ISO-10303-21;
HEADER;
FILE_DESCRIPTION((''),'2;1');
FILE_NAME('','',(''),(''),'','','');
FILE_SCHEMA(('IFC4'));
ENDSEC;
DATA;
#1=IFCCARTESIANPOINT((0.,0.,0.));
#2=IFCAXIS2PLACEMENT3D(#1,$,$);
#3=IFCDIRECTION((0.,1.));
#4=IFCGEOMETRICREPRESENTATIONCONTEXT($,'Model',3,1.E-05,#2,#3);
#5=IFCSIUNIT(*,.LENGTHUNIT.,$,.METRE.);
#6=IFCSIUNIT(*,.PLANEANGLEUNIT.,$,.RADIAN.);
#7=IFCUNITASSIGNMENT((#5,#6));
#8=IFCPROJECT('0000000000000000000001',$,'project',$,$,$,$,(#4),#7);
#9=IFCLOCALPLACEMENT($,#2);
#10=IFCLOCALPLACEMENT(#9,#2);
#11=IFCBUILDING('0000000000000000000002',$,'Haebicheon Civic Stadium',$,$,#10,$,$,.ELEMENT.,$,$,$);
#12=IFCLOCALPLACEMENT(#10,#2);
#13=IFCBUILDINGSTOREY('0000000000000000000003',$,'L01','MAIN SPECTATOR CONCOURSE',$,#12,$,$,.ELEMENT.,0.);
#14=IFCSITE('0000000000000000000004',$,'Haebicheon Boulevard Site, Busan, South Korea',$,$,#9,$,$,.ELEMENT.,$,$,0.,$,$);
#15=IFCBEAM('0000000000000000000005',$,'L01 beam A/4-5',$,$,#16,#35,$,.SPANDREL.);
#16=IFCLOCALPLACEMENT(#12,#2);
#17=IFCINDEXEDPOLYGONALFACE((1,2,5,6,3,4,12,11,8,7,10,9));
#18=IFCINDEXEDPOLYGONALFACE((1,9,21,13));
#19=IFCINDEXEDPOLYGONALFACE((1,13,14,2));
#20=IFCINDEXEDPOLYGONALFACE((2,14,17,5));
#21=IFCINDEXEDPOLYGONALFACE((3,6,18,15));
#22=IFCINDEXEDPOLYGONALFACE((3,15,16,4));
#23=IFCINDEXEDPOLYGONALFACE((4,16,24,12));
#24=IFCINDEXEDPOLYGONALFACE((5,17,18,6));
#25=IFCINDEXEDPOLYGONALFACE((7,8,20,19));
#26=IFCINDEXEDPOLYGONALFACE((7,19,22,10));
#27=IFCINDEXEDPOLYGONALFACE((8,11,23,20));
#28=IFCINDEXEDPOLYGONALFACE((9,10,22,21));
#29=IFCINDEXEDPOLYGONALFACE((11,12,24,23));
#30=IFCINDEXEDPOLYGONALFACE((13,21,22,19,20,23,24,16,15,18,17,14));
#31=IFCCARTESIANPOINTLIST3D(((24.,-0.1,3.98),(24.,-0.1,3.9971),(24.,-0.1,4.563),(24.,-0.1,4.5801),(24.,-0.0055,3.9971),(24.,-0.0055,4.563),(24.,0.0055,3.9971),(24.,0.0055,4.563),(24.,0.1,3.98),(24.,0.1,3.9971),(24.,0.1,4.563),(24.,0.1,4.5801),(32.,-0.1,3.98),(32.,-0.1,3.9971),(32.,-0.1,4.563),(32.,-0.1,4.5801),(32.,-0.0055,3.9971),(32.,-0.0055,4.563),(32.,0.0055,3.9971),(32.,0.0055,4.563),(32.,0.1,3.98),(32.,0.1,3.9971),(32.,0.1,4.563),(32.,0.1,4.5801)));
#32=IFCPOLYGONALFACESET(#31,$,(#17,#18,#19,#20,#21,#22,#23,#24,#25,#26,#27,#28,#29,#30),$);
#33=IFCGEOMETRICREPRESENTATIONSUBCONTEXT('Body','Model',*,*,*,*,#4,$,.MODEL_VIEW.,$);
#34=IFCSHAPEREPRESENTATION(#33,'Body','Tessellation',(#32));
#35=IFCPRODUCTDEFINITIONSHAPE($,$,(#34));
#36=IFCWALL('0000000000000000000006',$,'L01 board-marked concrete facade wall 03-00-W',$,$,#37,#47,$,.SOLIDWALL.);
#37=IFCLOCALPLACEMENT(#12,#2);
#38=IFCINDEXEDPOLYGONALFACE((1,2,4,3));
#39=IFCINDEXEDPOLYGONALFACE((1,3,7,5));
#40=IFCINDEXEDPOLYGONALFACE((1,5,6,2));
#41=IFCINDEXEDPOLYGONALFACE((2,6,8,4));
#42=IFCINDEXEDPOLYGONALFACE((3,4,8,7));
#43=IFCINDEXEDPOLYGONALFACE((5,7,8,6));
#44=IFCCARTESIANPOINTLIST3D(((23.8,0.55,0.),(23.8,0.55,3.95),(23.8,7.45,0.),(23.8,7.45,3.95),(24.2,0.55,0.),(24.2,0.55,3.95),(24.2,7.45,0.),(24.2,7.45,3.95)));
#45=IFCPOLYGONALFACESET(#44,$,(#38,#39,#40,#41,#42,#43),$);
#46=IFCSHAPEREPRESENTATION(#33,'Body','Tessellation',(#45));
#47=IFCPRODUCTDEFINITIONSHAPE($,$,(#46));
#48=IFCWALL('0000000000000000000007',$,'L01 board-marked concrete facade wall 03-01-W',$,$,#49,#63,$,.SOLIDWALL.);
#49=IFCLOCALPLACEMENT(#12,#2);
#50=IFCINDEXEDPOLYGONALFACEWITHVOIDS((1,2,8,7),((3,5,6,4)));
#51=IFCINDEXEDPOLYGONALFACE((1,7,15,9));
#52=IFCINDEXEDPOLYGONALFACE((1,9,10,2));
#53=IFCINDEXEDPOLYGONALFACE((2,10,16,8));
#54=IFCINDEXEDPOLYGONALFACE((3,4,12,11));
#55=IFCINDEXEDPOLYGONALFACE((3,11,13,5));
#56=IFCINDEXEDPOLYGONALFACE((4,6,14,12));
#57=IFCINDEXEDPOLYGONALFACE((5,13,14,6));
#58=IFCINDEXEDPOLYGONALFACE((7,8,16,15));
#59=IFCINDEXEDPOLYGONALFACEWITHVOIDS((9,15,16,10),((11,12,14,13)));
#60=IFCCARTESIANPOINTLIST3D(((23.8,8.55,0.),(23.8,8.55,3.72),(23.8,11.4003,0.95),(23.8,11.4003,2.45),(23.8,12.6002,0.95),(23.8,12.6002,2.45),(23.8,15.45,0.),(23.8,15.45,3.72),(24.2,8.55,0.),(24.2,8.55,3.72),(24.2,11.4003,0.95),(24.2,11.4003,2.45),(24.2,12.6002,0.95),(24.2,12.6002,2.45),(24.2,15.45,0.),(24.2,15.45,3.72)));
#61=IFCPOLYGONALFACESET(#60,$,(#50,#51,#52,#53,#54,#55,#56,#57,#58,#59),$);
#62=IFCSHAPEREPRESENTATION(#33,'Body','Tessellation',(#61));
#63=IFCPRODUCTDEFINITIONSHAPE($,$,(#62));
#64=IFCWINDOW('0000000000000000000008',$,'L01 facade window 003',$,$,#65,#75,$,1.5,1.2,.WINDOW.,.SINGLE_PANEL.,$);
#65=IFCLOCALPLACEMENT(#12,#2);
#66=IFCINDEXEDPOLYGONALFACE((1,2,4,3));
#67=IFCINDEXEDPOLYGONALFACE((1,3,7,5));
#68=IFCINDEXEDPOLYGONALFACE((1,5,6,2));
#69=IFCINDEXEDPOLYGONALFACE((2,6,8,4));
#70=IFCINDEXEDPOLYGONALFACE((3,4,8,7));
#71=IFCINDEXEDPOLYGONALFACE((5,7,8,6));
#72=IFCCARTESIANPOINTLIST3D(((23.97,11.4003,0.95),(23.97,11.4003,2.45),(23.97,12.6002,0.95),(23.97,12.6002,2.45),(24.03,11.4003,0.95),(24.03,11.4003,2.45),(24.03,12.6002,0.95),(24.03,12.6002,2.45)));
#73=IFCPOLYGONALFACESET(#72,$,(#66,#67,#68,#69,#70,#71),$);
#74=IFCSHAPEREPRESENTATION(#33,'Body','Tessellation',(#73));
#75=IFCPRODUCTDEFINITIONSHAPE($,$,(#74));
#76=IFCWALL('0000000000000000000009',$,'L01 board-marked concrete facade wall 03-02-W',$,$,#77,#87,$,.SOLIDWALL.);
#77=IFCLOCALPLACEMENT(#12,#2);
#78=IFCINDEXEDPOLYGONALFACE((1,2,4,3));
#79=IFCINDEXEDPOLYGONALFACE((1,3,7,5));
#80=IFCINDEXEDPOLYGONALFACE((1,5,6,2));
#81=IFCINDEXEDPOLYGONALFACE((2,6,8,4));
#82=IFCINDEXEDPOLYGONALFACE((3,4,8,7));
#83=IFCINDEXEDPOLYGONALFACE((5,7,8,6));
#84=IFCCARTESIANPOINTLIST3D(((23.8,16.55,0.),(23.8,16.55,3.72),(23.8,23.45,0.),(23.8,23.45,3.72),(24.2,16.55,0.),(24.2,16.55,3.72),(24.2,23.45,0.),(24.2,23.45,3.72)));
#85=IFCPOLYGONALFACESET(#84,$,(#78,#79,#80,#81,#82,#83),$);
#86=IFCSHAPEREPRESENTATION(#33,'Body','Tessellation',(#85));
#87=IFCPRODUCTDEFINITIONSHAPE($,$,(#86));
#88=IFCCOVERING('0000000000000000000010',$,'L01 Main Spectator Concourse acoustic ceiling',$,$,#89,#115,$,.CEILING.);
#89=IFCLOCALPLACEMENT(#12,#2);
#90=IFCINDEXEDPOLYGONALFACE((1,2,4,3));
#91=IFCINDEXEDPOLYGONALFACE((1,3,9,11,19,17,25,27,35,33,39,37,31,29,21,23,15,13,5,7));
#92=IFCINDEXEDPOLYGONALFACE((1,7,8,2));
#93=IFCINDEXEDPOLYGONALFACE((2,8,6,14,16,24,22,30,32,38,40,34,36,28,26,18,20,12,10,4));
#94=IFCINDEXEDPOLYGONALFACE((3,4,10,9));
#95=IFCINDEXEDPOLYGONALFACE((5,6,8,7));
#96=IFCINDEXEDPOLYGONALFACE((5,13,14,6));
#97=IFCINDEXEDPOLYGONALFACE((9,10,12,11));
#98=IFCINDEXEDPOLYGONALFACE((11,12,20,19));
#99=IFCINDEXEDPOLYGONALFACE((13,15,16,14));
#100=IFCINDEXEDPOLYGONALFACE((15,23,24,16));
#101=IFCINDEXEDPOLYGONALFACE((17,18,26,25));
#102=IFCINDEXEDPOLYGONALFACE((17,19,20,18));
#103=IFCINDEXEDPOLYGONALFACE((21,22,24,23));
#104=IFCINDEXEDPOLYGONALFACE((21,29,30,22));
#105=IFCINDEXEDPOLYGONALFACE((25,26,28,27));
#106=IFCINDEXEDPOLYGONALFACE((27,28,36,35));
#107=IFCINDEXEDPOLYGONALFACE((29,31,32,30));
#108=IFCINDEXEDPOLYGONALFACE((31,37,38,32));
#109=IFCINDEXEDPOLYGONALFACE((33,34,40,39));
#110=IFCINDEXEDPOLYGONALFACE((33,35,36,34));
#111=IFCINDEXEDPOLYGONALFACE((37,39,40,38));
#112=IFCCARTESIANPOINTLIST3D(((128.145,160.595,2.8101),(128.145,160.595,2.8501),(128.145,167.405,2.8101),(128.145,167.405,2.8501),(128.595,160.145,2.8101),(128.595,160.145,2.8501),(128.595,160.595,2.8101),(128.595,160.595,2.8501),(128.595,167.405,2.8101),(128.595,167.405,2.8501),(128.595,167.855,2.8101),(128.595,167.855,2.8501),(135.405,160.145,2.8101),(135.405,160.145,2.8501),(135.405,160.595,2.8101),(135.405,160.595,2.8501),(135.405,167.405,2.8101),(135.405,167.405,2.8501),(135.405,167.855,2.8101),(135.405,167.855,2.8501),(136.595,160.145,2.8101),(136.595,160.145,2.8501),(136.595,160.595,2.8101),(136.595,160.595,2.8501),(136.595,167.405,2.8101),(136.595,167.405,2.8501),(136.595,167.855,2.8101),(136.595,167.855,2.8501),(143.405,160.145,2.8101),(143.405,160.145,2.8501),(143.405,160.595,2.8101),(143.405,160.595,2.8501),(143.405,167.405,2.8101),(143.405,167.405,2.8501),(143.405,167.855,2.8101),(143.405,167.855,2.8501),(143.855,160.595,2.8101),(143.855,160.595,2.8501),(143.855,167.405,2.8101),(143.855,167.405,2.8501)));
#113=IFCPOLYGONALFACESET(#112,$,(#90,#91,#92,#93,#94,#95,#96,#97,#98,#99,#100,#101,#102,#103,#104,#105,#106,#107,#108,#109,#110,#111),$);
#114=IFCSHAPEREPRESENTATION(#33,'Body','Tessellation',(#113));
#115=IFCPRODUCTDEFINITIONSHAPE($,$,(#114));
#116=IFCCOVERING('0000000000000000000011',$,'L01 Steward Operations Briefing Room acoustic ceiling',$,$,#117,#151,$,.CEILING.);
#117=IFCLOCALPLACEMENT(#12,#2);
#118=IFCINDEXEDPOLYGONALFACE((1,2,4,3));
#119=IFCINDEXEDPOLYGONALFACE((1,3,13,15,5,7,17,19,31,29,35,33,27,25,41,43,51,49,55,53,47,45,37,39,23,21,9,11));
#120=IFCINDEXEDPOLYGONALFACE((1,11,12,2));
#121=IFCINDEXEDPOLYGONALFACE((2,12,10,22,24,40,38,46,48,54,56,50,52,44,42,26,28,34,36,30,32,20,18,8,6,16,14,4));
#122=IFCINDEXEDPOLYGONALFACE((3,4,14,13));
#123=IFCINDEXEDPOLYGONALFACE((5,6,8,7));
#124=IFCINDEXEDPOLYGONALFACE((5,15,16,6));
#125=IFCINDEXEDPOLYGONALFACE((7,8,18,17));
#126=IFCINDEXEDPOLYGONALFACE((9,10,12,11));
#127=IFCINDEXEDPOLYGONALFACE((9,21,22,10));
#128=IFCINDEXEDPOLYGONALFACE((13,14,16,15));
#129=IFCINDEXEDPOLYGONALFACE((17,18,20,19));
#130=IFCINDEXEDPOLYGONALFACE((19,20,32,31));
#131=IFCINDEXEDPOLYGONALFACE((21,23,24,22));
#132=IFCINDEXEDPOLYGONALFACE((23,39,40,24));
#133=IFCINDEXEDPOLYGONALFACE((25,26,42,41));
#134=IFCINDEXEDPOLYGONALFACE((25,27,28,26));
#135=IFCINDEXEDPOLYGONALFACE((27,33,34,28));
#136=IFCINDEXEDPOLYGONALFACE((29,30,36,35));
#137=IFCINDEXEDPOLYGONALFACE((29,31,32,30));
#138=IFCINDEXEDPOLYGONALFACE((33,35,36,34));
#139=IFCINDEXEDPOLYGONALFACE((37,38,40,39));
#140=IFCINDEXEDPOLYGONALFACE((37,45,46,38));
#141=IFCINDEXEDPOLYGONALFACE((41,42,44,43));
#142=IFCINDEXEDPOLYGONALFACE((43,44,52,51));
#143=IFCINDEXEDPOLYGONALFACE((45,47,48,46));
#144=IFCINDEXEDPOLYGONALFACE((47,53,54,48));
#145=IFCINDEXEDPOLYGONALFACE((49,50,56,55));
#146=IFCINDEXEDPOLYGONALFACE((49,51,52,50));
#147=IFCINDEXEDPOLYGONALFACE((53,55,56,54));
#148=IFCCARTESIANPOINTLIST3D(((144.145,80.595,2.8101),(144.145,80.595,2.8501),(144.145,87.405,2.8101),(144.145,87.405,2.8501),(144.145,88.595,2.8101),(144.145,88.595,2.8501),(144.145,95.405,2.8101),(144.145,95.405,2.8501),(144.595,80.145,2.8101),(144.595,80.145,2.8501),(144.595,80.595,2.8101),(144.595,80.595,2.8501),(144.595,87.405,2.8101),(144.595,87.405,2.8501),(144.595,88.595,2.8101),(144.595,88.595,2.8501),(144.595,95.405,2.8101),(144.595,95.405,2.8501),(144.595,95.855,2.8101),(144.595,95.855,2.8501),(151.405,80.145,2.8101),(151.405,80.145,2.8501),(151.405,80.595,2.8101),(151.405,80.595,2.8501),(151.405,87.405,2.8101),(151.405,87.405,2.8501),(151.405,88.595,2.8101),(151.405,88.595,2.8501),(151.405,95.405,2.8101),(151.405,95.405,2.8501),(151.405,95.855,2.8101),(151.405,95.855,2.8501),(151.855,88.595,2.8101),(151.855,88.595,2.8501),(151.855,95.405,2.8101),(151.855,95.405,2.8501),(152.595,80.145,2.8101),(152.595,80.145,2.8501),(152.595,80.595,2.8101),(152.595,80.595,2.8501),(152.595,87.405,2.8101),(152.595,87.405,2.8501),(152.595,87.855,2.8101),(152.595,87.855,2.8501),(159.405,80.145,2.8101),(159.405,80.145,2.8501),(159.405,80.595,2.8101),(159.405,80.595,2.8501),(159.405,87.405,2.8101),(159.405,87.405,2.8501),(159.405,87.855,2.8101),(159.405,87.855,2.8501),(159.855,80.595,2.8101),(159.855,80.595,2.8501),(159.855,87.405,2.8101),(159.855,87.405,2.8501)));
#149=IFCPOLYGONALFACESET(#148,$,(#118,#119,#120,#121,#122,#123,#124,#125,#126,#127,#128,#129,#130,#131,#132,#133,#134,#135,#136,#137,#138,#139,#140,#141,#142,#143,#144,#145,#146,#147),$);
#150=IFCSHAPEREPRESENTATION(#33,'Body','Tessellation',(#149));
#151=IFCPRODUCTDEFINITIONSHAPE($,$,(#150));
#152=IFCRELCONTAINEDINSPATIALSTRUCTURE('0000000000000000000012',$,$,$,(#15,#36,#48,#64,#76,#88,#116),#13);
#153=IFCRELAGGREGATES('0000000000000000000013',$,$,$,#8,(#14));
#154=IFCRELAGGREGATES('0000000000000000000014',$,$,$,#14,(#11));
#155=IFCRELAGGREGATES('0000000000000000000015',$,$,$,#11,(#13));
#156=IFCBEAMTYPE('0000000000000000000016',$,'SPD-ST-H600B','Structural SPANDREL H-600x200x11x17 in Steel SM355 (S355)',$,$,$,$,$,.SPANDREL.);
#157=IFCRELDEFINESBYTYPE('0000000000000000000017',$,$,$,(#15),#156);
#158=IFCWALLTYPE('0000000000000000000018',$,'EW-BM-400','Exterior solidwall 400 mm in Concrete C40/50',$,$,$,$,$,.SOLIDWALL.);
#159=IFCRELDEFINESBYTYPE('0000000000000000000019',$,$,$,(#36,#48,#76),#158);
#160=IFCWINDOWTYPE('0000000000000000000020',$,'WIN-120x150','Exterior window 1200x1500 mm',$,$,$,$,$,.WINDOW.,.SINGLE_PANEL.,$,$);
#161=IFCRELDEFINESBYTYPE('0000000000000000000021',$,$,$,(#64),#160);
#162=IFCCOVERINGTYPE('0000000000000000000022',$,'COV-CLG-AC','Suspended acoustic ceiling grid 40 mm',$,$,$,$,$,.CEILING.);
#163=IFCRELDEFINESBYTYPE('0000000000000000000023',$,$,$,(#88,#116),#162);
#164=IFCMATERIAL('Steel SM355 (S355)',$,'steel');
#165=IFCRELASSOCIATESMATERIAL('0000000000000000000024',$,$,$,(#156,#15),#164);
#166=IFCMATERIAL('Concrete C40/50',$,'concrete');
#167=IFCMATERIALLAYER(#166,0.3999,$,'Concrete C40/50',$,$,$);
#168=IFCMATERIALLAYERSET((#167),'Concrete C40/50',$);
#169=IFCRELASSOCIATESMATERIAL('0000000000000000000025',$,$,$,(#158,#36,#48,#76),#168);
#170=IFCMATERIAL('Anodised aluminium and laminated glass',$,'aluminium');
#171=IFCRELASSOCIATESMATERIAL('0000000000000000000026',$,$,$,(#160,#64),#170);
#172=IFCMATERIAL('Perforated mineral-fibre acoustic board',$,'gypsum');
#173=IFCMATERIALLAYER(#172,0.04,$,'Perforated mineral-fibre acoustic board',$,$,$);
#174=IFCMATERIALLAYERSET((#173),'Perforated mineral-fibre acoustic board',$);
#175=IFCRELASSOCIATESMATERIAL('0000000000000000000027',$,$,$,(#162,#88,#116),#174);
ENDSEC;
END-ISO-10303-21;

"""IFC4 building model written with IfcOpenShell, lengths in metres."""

from ifc_helpers import new_model, si_unit, direction, frame, frame_2d, origin, origin_2d, place, context, subcontext, project, spatial, polyline, rectangle, i_section, outline, extrude, material, layer, layer_set, material_profile, profile_set, type_object, element, fill, save


model = new_model("IFC4")

# Units and contexts
model_context = context("Model", 3, precision=1e-05, world=origin(), true_north=direction((0.0, 1.0)))
body_context = subcontext(model_context, "Body", "Model", "MODEL_VIEW")
ifc_project = project(units=[si_unit("LENGTHUNIT", "METRE"), si_unit("PLANEANGLEUNIT", "RADIAN")], contexts=[model_context])

# Site, building, storey
site_placement = place(None, origin())
site = spatial("IfcSite", under=ifc_project, at=site_placement, Name="Haebicheon Boulevard Site, Busan, South Korea", CompositionType="ELEMENT", RefElevation=0.0)
building_placement = place(site_placement, origin())
building = spatial("IfcBuilding", under=site, at=building_placement, Name="Haebicheon Civic Stadium", CompositionType="ELEMENT")
storey_placement = place(building_placement, origin())
storey = spatial("IfcBuildingStorey", under=building, at=storey_placement, Name="L01", Description="MAIN SPECTATOR CONCOURSE", CompositionType="ELEMENT", Elevation=0.0)

# Beam
ifc_material_1 = material(Name="Steel SM355 (S355)", Category="steel")
ifc_material_profile_1 = material_profile(ifc_material_1, i_section(OverallWidth=0.2, OverallDepth=0.6001, WebThickness=0.011, FlangeThickness=0.0171, at=origin_2d()), Name="H-600x200x11x17")
ifc_profile_set_1 = profile_set([ifc_material_profile_1], Name="Steel SM355 (S355)")
beam_type_1 = type_object("IfcBeamType", Name="SPD-ST-H600B", Description="Structural SPANDREL H-600x200x11x17 in Steel SM355 (S355)", PredefinedType="SPANDREL", material=ifc_profile_set_1)
for number, where, z_axis, x_axis, name in (
    (1, (24.0, 0.0, 4.28), (1.0, 0.0, 0.0), (0.0, 1.0, 0.0), "L01 beam A/4-5"),
):
    element("IfcBeam", number, at=place(storey_placement, frame(where, z_axis=z_axis, x_axis=x_axis)), inside=storey, type_object=beam_type_1, material=ifc_profile_set_1, Name=name, PredefinedType="SPANDREL", context=body_context, shape_type="SweptSolid", body=[
        extrude(i_section(OverallWidth=0.2, OverallDepth=0.6001, WebThickness=0.011, FlangeThickness=0.0171, at=origin_2d()), origin(), (0.0, 0.0, 1.0), 8.0),
    ])

# Wall
ifc_material_2 = material(Name="Concrete C40/50", Category="concrete")
ifc_layer_1 = layer(ifc_material_2, 0.3999, Name="Concrete C40/50")
ifc_layer_set_1 = layer_set([ifc_layer_1], Name="Concrete C40/50")
wall_type = type_object("IfcWallType", Name="EW-BM-400", Description="Exterior solidwall 400 mm in Concrete C40/50", PredefinedType="SOLIDWALL", material=ifc_layer_set_1)
wall_1_placement = place(storey_placement, frame((24.0, 0.55, 0.0), z_axis=(0.0, 0.0, 1.0), x_axis=(0.0, 1.0, 0.0)))
element("IfcWall", 2, at=wall_1_placement, inside=storey, type_object=wall_type, material=ifc_layer_set_1, Name="L01 board-marked concrete facade wall 03-00-W", PredefinedType="SOLIDWALL", context=body_context, shape_type="SweptSolid", body=[
    extrude(rectangle(XDim=6.8999, YDim=0.3999, at=frame_2d((3.45, 0.0))), origin(), (0.0, 0.0, 1.0), 3.95),
])

# Wall, opening, window
wall_2_placement = place(storey_placement, frame((24.0, 8.55, 0.0), z_axis=(0.0, 0.0, 1.0), x_axis=(0.0, 1.0, 0.0)))
wall_2 = element("IfcWall", 3, at=wall_2_placement, inside=storey, type_object=wall_type, material=ifc_layer_set_1, Name="L01 board-marked concrete facade wall 03-01-W", PredefinedType="SOLIDWALL", context=body_context, shape_type="SweptSolid", body=[
    extrude(rectangle(XDim=6.8999, YDim=0.3999, at=frame_2d((3.45, 0.0))), origin(), (0.0, 0.0, 1.0), 3.72),
])
opening_placement = place(wall_2_placement, frame((2.8501, 0.0, 0.95)))
opening = element("IfcOpeningElement", 4, at=opening_placement, cuts=wall_2, PredefinedType="OPENING", context=body_context, shape_type="SweptSolid", body=[
    extrude(rectangle(XDim=1.2, YDim=1.5, at=frame_2d((0.6001, 0.75))), frame((0.0, 0.21, 0.0), z_axis=(0.0, -1.0, 0.0), x_axis=(1.0, 0.0, 0.0)), (0.0, 0.0, 1.0), 0.4199),
])
ifc_material_3 = material(Name="Anodised aluminium and laminated glass", Category="aluminium")
window_type = type_object("IfcWindowType", Name="WIN-120x150", Description="Exterior window 1200x1500 mm", PartitioningType="SINGLE_PANEL", PredefinedType="WINDOW", material=ifc_material_3)
window_placement = place(opening_placement, origin())
window = element("IfcWindow", 5, at=window_placement, inside=storey, type_object=window_type, material=ifc_material_3, Name="L01 facade window 003", OverallHeight=1.5, OverallWidth=1.2, PartitioningType="SINGLE_PANEL", PredefinedType="WINDOW", context=body_context, shape_type="SweptSolid", body=[
    extrude(rectangle(XDim=1.2, YDim=1.5, at=frame_2d((0.6001, 0.75))), frame((0.0, 0.03, 0.0), z_axis=(0.0, -1.0, 0.0), x_axis=(1.0, 0.0, 0.0)), (0.0, 0.0, 1.0), 0.0601),
])
fill(opening, window)

# Wall
wall_3_placement = place(storey_placement, frame((24.0, 16.55, 0.0), z_axis=(0.0, 0.0, 1.0), x_axis=(0.0, 1.0, 0.0)))
element("IfcWall", 6, at=wall_3_placement, inside=storey, type_object=wall_type, material=ifc_layer_set_1, Name="L01 board-marked concrete facade wall 03-02-W", PredefinedType="SOLIDWALL", context=body_context, shape_type="SweptSolid", body=[
    extrude(rectangle(XDim=6.8999, YDim=0.3999, at=frame_2d((3.45, 0.0))), origin(), (0.0, 0.0, 1.0), 3.72),
])

# Coverings
ifc_material_4 = material(Name="Perforated mineral-fibre acoustic board", Category="gypsum")
ifc_layer_2 = layer(ifc_material_4, 0.04, Name="Perforated mineral-fibre acoustic board")
ifc_layer_set_2 = layer_set([ifc_layer_2], Name="Perforated mineral-fibre acoustic board")
covering_type_1 = type_object("IfcCoveringType", Name="COV-CLG-AC", Description="Suspended acoustic ceiling grid 40 mm", PredefinedType="CEILING", material=ifc_layer_set_2)
covering_1_placement = place(storey_placement, frame((0.0, 0.0, 2.8101)))
element("IfcCovering", 7, at=covering_1_placement, inside=storey, type_object=covering_type_1, material=ifc_layer_set_2, Name="L01 Main Spectator Concourse acoustic ceiling", PredefinedType="CEILING", context=body_context, shape_type="SweptSolid", body=[
    extrude(outline(polyline([(128.145, 167.405), (128.595, 167.405), (128.595, 167.855), (135.405, 167.855), (135.405, 167.405), (136.595, 167.405), (136.595, 167.855), (143.405, 167.855), (143.405, 167.405), (143.855, 167.405), (143.855, 160.595), (143.405, 160.595), (143.405, 160.145), (136.595, 160.145), (136.595, 160.595), (135.405, 160.595), (135.405, 160.145), (128.595, 160.145), (128.595, 160.595), (128.145, 160.595), (128.145, 167.405)])), origin(), (0.0, 0.0, 1.0), 0.04),
])
covering_2_placement = place(storey_placement, frame((0.0, 0.0, 2.8101)))
element("IfcCovering", 8, at=covering_2_placement, inside=storey, type_object=covering_type_1, material=ifc_layer_set_2, Name="L01 Steward Operations Briefing Room acoustic ceiling", PredefinedType="CEILING", context=body_context, shape_type="SweptSolid", body=[
    extrude(outline(polyline([(144.145, 87.405), (144.595, 87.405), (144.595, 88.595), (144.145, 88.595), (144.145, 95.405), (144.595, 95.405), (144.595, 95.855), (151.405, 95.855), (151.405, 95.405), (151.855, 95.405), (151.855, 88.595), (151.405, 88.595), (151.405, 87.405), (152.595, 87.405), (152.595, 87.855), (159.405, 87.855), (159.405, 87.405), (159.855, 87.405), (159.855, 80.595), (159.405, 80.595), (159.405, 80.145), (152.595, 80.145), (152.595, 80.595), (151.405, 80.595), (151.405, 80.145), (144.595, 80.145), (144.595, 80.595), (144.145, 80.595), (144.145, 87.405)])), origin(), (0.0, 0.0, 1.0), 0.04),
])

save(model, "model.ifc")
